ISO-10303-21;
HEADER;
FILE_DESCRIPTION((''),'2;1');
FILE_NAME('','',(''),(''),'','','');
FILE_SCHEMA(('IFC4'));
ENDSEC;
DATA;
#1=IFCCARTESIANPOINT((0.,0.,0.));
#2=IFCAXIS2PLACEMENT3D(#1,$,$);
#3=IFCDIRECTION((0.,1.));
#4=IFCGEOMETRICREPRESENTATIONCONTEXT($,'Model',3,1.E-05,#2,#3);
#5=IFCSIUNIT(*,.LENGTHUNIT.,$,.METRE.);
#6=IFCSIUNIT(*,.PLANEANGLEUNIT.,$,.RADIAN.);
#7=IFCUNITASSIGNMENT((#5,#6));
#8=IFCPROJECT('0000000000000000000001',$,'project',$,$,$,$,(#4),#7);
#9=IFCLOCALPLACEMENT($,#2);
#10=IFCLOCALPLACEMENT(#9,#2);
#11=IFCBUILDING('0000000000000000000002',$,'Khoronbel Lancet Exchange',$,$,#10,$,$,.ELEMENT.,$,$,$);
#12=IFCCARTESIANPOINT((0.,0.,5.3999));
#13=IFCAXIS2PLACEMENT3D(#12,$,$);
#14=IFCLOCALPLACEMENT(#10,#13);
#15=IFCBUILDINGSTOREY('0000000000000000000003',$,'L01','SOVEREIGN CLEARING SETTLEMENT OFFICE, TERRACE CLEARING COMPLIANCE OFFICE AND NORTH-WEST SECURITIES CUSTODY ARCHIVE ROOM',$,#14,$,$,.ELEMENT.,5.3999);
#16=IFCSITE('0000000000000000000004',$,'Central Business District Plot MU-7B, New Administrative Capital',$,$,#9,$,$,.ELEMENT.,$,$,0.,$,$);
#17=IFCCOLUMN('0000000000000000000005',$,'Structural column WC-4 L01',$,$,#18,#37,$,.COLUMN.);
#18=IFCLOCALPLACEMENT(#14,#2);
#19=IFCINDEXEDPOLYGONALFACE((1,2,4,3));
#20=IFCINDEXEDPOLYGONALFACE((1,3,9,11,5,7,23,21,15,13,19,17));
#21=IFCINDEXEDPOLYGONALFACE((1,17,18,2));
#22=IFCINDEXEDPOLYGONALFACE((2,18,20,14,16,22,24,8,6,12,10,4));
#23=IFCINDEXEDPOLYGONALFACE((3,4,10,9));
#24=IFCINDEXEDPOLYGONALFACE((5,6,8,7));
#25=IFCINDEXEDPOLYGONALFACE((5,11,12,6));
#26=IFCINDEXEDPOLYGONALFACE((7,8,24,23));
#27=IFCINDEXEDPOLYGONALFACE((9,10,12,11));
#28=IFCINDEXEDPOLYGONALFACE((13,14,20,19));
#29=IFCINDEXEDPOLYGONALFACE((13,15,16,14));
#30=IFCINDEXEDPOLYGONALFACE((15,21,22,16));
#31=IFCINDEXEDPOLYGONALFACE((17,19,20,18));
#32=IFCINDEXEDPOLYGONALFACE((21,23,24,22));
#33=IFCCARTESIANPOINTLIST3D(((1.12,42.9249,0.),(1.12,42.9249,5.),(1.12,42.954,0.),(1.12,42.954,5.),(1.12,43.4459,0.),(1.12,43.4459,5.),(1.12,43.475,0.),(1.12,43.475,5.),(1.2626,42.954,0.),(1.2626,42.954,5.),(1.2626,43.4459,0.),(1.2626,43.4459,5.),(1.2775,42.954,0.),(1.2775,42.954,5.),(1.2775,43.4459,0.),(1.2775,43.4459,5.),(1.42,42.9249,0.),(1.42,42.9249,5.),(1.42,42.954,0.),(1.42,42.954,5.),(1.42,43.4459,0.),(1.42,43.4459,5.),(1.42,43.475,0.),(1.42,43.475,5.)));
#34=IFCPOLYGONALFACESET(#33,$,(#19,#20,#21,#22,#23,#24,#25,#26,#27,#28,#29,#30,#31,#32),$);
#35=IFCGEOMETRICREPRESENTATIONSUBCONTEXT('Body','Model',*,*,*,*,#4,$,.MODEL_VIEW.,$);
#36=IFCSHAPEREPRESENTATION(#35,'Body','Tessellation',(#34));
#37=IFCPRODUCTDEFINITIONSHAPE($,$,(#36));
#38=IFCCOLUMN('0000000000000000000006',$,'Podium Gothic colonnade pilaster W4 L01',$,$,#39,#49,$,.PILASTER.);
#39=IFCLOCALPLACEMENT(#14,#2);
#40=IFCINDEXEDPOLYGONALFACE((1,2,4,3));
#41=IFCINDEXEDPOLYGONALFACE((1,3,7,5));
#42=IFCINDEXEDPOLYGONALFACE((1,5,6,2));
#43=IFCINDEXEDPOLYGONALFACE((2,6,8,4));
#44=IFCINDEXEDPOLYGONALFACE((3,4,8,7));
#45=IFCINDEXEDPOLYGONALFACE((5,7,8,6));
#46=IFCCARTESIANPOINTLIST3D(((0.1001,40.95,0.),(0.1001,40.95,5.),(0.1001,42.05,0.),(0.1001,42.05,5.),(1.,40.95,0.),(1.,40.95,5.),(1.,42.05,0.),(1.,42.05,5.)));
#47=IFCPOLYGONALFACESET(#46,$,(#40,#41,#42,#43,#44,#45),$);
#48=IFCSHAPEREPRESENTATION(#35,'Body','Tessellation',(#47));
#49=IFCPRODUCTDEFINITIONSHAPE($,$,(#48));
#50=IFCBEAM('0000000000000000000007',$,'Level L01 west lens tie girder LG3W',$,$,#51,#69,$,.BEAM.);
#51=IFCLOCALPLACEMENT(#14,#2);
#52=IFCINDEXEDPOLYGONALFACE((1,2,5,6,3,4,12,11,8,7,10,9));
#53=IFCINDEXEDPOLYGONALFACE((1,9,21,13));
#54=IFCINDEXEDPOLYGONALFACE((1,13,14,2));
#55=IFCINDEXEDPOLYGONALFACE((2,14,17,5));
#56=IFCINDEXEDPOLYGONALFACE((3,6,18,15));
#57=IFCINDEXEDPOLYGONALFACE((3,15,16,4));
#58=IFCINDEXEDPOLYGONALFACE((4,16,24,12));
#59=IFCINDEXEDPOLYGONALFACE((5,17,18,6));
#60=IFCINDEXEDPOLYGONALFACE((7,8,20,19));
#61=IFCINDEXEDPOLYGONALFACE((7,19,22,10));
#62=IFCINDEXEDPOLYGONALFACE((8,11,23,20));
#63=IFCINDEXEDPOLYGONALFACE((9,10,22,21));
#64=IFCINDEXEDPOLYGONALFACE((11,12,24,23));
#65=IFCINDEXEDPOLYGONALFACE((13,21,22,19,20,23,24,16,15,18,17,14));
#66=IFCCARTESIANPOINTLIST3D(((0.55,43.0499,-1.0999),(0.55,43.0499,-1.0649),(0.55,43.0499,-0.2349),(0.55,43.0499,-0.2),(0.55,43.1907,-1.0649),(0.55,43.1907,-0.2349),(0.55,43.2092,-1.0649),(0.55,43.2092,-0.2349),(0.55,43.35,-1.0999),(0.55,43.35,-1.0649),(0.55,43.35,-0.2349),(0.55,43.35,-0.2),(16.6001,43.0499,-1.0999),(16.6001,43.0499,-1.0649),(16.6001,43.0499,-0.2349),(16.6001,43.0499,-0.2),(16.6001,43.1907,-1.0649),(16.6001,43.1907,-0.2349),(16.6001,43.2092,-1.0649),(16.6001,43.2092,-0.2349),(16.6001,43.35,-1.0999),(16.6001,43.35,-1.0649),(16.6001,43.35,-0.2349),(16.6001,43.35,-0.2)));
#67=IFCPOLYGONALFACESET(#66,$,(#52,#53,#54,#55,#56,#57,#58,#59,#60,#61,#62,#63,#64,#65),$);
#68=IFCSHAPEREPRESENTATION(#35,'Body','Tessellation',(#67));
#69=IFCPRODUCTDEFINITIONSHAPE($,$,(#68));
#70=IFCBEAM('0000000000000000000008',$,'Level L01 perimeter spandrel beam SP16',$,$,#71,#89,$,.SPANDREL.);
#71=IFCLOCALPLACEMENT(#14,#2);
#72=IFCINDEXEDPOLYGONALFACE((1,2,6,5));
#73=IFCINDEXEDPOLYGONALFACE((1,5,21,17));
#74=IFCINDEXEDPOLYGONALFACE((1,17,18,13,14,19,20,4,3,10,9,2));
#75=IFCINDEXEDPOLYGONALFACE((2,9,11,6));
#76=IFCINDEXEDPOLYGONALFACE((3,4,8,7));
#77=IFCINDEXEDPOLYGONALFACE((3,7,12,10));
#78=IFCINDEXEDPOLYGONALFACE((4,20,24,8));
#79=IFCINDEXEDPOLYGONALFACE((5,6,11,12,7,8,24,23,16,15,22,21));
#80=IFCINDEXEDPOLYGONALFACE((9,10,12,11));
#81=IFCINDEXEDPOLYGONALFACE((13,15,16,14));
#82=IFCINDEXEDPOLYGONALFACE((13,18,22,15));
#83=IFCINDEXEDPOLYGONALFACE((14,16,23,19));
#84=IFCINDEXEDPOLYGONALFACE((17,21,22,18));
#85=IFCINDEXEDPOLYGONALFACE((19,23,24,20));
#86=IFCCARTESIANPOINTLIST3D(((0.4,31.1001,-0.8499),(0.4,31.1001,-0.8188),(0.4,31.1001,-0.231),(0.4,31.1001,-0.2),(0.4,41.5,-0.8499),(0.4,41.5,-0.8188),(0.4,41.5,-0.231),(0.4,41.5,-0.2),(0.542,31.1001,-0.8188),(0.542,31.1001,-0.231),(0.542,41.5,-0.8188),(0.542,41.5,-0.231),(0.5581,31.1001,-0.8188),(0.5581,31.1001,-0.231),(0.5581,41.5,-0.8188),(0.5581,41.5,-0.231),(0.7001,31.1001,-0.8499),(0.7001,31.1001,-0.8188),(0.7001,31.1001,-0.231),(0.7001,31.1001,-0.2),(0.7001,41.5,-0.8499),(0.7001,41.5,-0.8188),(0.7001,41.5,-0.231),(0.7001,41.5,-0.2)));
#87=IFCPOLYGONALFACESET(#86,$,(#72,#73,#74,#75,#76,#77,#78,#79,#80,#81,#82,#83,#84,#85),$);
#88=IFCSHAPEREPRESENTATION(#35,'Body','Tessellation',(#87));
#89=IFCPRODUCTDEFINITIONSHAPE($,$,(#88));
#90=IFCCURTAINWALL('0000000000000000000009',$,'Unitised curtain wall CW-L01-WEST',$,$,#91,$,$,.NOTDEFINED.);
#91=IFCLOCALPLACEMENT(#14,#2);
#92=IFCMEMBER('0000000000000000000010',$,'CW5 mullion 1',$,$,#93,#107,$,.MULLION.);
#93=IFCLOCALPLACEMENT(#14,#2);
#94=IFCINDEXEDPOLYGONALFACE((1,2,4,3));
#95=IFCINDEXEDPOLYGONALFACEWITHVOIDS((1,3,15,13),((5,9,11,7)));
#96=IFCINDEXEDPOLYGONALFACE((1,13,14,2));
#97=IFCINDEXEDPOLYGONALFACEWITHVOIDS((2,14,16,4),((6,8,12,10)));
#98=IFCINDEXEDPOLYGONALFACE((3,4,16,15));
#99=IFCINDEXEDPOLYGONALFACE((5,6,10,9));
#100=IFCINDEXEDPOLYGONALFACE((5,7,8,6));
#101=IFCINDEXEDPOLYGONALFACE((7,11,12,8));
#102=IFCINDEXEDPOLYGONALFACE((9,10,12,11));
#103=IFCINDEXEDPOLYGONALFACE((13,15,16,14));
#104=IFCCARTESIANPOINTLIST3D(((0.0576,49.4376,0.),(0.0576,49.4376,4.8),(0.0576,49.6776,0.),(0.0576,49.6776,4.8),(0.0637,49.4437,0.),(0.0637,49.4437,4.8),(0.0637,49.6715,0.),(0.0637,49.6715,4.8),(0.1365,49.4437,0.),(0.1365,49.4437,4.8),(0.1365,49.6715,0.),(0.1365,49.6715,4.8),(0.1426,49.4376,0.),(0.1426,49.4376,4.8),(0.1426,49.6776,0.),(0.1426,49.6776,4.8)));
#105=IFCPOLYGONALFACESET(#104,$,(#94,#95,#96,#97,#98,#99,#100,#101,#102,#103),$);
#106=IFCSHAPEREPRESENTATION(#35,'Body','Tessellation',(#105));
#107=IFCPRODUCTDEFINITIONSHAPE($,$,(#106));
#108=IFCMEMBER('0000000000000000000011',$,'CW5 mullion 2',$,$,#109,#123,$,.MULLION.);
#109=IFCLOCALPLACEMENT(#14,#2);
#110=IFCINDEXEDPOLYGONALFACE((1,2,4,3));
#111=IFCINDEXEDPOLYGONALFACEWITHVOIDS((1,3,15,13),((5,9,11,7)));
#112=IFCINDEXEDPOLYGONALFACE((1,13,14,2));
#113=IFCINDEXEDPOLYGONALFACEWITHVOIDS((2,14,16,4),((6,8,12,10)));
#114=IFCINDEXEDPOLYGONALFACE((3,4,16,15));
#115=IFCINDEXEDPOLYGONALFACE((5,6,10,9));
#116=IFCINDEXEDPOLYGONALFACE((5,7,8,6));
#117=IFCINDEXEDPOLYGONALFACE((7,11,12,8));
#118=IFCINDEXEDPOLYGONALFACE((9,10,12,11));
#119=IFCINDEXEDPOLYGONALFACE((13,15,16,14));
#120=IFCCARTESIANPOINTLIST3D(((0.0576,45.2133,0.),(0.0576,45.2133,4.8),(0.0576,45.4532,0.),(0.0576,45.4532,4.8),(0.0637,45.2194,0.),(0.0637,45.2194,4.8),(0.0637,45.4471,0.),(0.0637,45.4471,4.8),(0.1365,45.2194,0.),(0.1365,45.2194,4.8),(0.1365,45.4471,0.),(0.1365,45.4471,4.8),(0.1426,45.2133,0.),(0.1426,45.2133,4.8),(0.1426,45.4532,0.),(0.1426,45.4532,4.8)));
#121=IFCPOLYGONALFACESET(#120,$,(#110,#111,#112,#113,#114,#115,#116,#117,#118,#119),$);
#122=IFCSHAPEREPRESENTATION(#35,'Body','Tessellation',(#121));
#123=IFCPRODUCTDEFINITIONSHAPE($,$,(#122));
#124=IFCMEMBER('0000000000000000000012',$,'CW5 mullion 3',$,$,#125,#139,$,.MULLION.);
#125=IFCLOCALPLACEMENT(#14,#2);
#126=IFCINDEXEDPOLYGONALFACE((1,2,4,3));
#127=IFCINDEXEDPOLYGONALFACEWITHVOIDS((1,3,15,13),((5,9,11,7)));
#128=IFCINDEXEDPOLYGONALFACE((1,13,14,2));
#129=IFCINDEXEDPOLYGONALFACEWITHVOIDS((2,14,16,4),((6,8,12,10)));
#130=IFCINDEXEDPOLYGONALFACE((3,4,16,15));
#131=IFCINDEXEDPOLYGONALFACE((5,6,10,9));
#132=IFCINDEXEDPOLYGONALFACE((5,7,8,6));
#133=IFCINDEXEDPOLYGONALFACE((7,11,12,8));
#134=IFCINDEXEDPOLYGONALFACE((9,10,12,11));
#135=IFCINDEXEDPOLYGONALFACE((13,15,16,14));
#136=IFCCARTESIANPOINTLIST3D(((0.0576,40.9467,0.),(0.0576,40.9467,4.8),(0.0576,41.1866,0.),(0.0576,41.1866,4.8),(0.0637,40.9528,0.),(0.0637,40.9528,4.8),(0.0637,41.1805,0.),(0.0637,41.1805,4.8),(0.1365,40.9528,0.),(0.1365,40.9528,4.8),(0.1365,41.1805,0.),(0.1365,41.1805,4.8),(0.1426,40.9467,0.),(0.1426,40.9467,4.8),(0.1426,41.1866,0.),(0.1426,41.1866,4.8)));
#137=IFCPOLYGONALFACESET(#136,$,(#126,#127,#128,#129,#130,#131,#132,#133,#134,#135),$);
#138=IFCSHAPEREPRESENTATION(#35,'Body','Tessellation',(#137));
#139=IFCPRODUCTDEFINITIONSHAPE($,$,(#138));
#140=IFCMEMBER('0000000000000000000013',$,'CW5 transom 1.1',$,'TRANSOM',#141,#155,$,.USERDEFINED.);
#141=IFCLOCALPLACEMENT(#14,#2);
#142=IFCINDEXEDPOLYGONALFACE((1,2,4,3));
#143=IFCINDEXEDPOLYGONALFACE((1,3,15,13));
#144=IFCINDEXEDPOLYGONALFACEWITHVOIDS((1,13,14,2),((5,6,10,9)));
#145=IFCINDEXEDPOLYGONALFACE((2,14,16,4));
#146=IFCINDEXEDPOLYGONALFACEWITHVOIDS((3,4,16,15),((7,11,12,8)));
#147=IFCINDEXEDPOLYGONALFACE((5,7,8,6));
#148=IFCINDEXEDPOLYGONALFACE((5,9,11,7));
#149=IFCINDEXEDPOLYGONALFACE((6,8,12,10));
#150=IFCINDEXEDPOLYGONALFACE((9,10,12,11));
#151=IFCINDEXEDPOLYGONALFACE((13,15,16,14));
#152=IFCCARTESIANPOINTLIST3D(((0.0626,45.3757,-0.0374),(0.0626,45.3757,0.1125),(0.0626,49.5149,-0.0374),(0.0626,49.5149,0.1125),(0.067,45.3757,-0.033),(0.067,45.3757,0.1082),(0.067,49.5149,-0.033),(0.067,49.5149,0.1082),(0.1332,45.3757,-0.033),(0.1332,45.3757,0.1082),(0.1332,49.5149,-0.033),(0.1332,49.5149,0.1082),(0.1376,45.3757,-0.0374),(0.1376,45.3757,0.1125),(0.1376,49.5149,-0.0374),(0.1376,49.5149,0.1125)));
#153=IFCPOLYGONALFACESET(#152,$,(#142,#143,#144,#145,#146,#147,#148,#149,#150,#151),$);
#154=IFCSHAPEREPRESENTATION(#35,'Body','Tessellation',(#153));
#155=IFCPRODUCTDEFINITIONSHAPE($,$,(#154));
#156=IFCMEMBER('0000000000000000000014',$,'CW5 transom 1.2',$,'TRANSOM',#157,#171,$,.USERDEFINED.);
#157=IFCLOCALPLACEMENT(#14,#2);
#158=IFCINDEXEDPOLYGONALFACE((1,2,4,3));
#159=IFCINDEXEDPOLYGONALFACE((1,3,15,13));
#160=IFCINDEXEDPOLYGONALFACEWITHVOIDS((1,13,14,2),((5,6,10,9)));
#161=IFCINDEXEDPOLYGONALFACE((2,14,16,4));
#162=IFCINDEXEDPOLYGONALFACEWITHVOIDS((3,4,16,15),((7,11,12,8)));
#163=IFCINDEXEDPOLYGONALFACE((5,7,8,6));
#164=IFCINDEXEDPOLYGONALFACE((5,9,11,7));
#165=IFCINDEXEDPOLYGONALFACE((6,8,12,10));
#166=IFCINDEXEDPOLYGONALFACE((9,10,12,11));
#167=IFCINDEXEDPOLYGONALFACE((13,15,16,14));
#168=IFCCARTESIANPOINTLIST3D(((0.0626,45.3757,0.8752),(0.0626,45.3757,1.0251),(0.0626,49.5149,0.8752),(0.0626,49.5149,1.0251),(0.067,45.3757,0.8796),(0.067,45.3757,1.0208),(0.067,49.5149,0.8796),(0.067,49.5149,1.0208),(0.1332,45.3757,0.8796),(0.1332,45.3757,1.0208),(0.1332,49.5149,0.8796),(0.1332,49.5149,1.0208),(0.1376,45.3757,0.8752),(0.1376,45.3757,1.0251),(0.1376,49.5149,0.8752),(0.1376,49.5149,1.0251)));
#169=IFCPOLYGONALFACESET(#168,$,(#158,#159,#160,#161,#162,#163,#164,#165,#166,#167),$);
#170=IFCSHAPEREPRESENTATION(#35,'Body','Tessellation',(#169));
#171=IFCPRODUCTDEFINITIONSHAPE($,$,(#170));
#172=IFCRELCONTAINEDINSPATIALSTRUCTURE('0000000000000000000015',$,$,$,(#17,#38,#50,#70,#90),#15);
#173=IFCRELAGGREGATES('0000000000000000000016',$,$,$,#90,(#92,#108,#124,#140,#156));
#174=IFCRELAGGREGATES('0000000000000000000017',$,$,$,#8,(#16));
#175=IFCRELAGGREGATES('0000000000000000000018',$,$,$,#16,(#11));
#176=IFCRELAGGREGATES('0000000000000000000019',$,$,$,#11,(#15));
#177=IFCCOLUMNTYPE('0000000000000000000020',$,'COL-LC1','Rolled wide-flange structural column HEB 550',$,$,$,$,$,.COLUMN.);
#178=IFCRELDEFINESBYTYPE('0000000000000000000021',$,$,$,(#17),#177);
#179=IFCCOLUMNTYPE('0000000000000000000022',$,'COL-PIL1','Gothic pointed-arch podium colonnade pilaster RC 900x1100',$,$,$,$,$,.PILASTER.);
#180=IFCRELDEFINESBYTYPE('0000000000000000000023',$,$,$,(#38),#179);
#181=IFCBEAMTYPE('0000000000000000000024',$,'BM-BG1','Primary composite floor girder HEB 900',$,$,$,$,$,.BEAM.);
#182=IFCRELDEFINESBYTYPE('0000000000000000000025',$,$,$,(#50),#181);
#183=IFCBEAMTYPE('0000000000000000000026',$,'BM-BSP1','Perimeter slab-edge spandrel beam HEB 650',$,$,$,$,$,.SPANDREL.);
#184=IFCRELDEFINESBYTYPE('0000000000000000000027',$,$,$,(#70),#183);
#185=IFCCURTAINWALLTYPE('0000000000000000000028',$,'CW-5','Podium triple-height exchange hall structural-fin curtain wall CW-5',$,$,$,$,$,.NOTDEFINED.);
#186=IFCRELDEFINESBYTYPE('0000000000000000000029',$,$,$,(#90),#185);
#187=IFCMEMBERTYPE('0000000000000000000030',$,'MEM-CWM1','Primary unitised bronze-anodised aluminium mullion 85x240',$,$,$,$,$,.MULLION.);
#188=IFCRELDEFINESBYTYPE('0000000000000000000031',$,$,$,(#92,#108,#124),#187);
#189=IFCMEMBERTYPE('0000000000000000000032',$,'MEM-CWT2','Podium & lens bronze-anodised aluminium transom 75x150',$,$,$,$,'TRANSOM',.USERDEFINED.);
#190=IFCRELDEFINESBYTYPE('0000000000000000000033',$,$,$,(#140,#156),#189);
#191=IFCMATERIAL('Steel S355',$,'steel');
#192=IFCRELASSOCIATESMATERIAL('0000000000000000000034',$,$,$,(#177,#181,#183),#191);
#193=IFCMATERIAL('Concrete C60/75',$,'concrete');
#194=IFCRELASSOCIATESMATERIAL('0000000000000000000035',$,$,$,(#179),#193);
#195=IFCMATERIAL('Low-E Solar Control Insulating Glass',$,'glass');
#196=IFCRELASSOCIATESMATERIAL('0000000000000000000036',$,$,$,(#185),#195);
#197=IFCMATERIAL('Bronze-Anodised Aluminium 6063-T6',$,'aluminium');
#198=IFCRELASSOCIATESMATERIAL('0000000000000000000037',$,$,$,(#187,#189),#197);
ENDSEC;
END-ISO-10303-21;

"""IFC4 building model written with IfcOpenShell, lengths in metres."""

from ifc_helpers import new_model, si_unit, direction, frame, origin, origin_2d, place, context, subcontext, project, spatial, rectangle, hollow_rectangle, i_section, extrude, material, material_profile, profile_set, type_object, element, aggregate, save


model = new_model("IFC4")

# Units and contexts
model_context = context("Model", 3, precision=1e-05, world=origin(), true_north=direction((0.0, 1.0)))
body_context = subcontext(model_context, "Body", "Model", "MODEL_VIEW")
ifc_project = project(units=[si_unit("LENGTHUNIT", "METRE"), si_unit("PLANEANGLEUNIT", "RADIAN")], contexts=[model_context])

# Site, building, storey
site_placement = place(None, origin())
site = spatial("IfcSite", under=ifc_project, at=site_placement, Name="Central Business District Plot MU-7B, New Administrative Capital", CompositionType="ELEMENT", RefElevation=0.0)
building_placement = place(site_placement, origin())
building = spatial("IfcBuilding", under=site, at=building_placement, Name="Khoronbel Lancet Exchange", CompositionType="ELEMENT")
storey_placement = place(building_placement, frame((0.0, 0.0, 5.3999)))
storey = spatial("IfcBuildingStorey", under=building, at=storey_placement, Name="L01", Description="SOVEREIGN CLEARING SETTLEMENT OFFICE, TERRACE CLEARING COMPLIANCE OFFICE AND NORTH-WEST SECURITIES CUSTODY ARCHIVE ROOM", CompositionType="ELEMENT", Elevation=5.3999)

# Columns
ifc_material_1 = material(Name="Steel S355", Category="steel")
ifc_material_profile_1 = material_profile(ifc_material_1, i_section(OverallWidth=0.3, OverallDepth=0.55, WebThickness=0.0149, FlangeThickness=0.0291, at=origin_2d()), Name="HEB 550")
ifc_profile_set_1 = profile_set([ifc_material_profile_1], Name="Steel S355")
column_type_1 = type_object("IfcColumnType", Name="COL-LC1", Description="Rolled wide-flange structural column HEB 550", PredefinedType="COLUMN", material=ifc_profile_set_1)
column_1_placement = place(storey_placement, frame((1.27, 43.2, 0.0), z_axis=(0.0, 0.0, 1.0), x_axis=(1.0, 0.0, 0.0)))
element("IfcColumn", 1, at=column_1_placement, inside=storey, type_object=column_type_1, Name="Structural column WC-4 L01", PredefinedType="COLUMN", context=body_context, shape_type="SweptSolid", body=[
    extrude(i_section(OverallWidth=0.3, OverallDepth=0.55, WebThickness=0.0149, FlangeThickness=0.0291, at=origin_2d()), origin(), (0.0, 0.0, 1.0), 5.0),
])
ifc_material_2 = material(Name="Concrete C60/75", Category="concrete")
ifc_material_profile_2 = material_profile(ifc_material_2, rectangle(XDim=0.8999, YDim=1.1001, at=origin_2d()), Name="RC 900x1100")
ifc_profile_set_2 = profile_set([ifc_material_profile_2], Name="Concrete C60/75")
column_type_2 = type_object("IfcColumnType", Name="COL-PIL1", Description="Gothic pointed-arch podium colonnade pilaster RC 900x1100", PredefinedType="PILASTER", material=ifc_profile_set_2)
column_2_placement = place(storey_placement, frame((0.55, 41.5, 0.0), z_axis=(0.0, 0.0, 1.0), x_axis=(1.0, 0.0, 0.0)))
element("IfcColumn", 2, at=column_2_placement, inside=storey, type_object=column_type_2, Name="Podium Gothic colonnade pilaster W4 L01", PredefinedType="PILASTER", context=body_context, shape_type="SweptSolid", body=[
    extrude(rectangle(XDim=0.8999, YDim=1.1001, at=origin_2d()), origin(), (0.0, 0.0, 1.0), 5.0),
])

# Beams
ifc_material_profile_3 = material_profile(ifc_material_1, i_section(OverallWidth=0.3, OverallDepth=0.8999, WebThickness=0.0186, FlangeThickness=0.0349, at=origin_2d()), Name="HEB 900")
ifc_profile_set_3 = profile_set([ifc_material_profile_3], Name="Steel S355")
beam_type_1 = type_object("IfcBeamType", Name="BM-BG1", Description="Primary composite floor girder HEB 900", PredefinedType="BEAM", material=ifc_profile_set_3)
beam_1_placement = place(storey_placement, frame((0.55, 43.2, -0.6499), z_axis=(1.0, 0.0, 0.0), x_axis=(0.0, 1.0, 0.0)))
element("IfcBeam", 3, at=beam_1_placement, inside=storey, type_object=beam_type_1, Name="Level L01 west lens tie girder LG3W", PredefinedType="BEAM", context=body_context, shape_type="SweptSolid", body=[
    extrude(i_section(OverallWidth=0.3, OverallDepth=0.8999, WebThickness=0.0186, FlangeThickness=0.0349, at=origin_2d()), origin(), (0.0, 0.0, 1.0), 16.05),
])
ifc_material_profile_4 = material_profile(ifc_material_1, i_section(OverallWidth=0.3, OverallDepth=0.6499, WebThickness=0.0161, FlangeThickness=0.031, at=origin_2d()), Name="HEB 650")
ifc_profile_set_4 = profile_set([ifc_material_profile_4], Name="Steel S355")
beam_type_2 = type_object("IfcBeamType", Name="BM-BSP1", Description="Perimeter slab-edge spandrel beam HEB 650", PredefinedType="SPANDREL", material=ifc_profile_set_4)
beam_2_placement = place(storey_placement, frame((0.55, 41.5, -0.5249), z_axis=(0.0, -1.0, 0.0), x_axis=(1.0, 0.0, 0.0)))
element("IfcBeam", 4, at=beam_2_placement, inside=storey, type_object=beam_type_2, Name="Level L01 perimeter spandrel beam SP16", PredefinedType="SPANDREL", context=body_context, shape_type="SweptSolid", body=[
    extrude(i_section(OverallWidth=0.3, OverallDepth=0.6499, WebThickness=0.0161, FlangeThickness=0.031, at=origin_2d()), origin(), (0.0, 0.0, 1.0), 10.3999),
])

# Curtain wall, members
ifc_material_3 = material(Name="Low-E Solar Control Insulating Glass", Category="glass")
curtain_wall_type = type_object("IfcCurtainWallType", Name="CW-5", Description="Podium triple-height exchange hall structural-fin curtain wall CW-5", PredefinedType="NOTDEFINED", material=ifc_material_3)
curtain_wall_placement = place(storey_placement, origin())
curtain_wall = element("IfcCurtainWall", 5, at=curtain_wall_placement, inside=storey, type_object=curtain_wall_type, Name="Unitised curtain wall CW-L01-WEST", PredefinedType="NOTDEFINED")
ifc_material_4 = material(Name="Bronze-Anodised Aluminium 6063-T6", Category="aluminium")
ifc_material_profile_5 = material_profile(ifc_material_4, hollow_rectangle(XDim=0.085, YDim=0.24, WallThickness=0.0061, at=origin_2d()), Name="ALU MULLION 85x240")
ifc_profile_set_5 = profile_set([ifc_material_profile_5], Name="Bronze-Anodised Aluminium 6063-T6")
member_type_1 = type_object("IfcMemberType", Name="MEM-CWM1", Description="Primary unitised bronze-anodised aluminium mullion 85x240", PredefinedType="MULLION", material=ifc_profile_set_5)
member_1_placement = place(storey_placement, frame((0.1001, 49.5576, 0.0), z_axis=(0.0, 0.0, 1.0), x_axis=(1.0, 0.0, 0.0)))
member_1 = element("IfcMember", 6, at=member_1_placement, type_object=member_type_1, Name="CW5 mullion 1", PredefinedType="MULLION", context=body_context, shape_type="SweptSolid", body=[
    extrude(hollow_rectangle(XDim=0.085, YDim=0.24, WallThickness=0.0061, at=origin_2d()), origin(), (0.0, 0.0, 1.0), 4.8),
])
member_2_placement = place(storey_placement, frame((0.1001, 45.3333, 0.0), z_axis=(0.0, 0.0, 1.0), x_axis=(1.0, 0.0, 0.0)))
member_2 = element("IfcMember", 7, at=member_2_placement, type_object=member_type_1, Name="CW5 mullion 2", PredefinedType="MULLION", context=body_context, shape_type="SweptSolid", body=[
    extrude(hollow_rectangle(XDim=0.085, YDim=0.24, WallThickness=0.0061, at=origin_2d()), origin(), (0.0, 0.0, 1.0), 4.8),
])
member_3_placement = place(storey_placement, frame((0.1001, 41.0667, 0.0), z_axis=(0.0, 0.0, 1.0), x_axis=(1.0, 0.0, 0.0)))
member_3 = element("IfcMember", 8, at=member_3_placement, type_object=member_type_1, Name="CW5 mullion 3", PredefinedType="MULLION", context=body_context, shape_type="SweptSolid", body=[
    extrude(hollow_rectangle(XDim=0.085, YDim=0.24, WallThickness=0.0061, at=origin_2d()), origin(), (0.0, 0.0, 1.0), 4.8),
])
ifc_material_profile_6 = material_profile(ifc_material_4, hollow_rectangle(XDim=0.075, YDim=0.1499, WallThickness=0.0044, at=origin_2d()), Name="ALU TRANSOM 75x150")
ifc_profile_set_6 = profile_set([ifc_material_profile_6], Name="Bronze-Anodised Aluminium 6063-T6")
member_type_2 = type_object("IfcMemberType", Name="MEM-CWT2", Description="Podium & lens bronze-anodised aluminium transom 75x150", ElementType="TRANSOM", PredefinedType="USERDEFINED", material=ifc_profile_set_6)
member_4_placement = place(storey_placement, frame((0.1001, 49.5149, 0.0376), z_axis=(0.0, -1.0, 0.0), x_axis=(1.0, 0.0, 0.0)))
member_4 = element("IfcMember", 9, at=member_4_placement, type_object=member_type_2, Name="CW5 transom 1.1", ObjectType="TRANSOM", PredefinedType="USERDEFINED", context=body_context, shape_type="SweptSolid", body=[
    extrude(hollow_rectangle(XDim=0.075, YDim=0.1499, WallThickness=0.0044, at=origin_2d()), origin(), (0.0, 0.0, 1.0), 4.1392),
])
member_5_placement = place(storey_placement, frame((0.1001, 49.5149, 0.9502), z_axis=(0.0, -1.0, 0.0), x_axis=(1.0, 0.0, 0.0)))
member_5 = element("IfcMember", 10, at=member_5_placement, type_object=member_type_2, Name="CW5 transom 1.2", ObjectType="TRANSOM", PredefinedType="USERDEFINED", context=body_context, shape_type="SweptSolid", body=[
    extrude(hollow_rectangle(XDim=0.075, YDim=0.1499, WallThickness=0.0044, at=origin_2d()), origin(), (0.0, 0.0, 1.0), 4.1392),
])
aggregate(curtain_wall, [member_1, member_2, member_3, member_4, member_5])

save(model, "model.ifc")
